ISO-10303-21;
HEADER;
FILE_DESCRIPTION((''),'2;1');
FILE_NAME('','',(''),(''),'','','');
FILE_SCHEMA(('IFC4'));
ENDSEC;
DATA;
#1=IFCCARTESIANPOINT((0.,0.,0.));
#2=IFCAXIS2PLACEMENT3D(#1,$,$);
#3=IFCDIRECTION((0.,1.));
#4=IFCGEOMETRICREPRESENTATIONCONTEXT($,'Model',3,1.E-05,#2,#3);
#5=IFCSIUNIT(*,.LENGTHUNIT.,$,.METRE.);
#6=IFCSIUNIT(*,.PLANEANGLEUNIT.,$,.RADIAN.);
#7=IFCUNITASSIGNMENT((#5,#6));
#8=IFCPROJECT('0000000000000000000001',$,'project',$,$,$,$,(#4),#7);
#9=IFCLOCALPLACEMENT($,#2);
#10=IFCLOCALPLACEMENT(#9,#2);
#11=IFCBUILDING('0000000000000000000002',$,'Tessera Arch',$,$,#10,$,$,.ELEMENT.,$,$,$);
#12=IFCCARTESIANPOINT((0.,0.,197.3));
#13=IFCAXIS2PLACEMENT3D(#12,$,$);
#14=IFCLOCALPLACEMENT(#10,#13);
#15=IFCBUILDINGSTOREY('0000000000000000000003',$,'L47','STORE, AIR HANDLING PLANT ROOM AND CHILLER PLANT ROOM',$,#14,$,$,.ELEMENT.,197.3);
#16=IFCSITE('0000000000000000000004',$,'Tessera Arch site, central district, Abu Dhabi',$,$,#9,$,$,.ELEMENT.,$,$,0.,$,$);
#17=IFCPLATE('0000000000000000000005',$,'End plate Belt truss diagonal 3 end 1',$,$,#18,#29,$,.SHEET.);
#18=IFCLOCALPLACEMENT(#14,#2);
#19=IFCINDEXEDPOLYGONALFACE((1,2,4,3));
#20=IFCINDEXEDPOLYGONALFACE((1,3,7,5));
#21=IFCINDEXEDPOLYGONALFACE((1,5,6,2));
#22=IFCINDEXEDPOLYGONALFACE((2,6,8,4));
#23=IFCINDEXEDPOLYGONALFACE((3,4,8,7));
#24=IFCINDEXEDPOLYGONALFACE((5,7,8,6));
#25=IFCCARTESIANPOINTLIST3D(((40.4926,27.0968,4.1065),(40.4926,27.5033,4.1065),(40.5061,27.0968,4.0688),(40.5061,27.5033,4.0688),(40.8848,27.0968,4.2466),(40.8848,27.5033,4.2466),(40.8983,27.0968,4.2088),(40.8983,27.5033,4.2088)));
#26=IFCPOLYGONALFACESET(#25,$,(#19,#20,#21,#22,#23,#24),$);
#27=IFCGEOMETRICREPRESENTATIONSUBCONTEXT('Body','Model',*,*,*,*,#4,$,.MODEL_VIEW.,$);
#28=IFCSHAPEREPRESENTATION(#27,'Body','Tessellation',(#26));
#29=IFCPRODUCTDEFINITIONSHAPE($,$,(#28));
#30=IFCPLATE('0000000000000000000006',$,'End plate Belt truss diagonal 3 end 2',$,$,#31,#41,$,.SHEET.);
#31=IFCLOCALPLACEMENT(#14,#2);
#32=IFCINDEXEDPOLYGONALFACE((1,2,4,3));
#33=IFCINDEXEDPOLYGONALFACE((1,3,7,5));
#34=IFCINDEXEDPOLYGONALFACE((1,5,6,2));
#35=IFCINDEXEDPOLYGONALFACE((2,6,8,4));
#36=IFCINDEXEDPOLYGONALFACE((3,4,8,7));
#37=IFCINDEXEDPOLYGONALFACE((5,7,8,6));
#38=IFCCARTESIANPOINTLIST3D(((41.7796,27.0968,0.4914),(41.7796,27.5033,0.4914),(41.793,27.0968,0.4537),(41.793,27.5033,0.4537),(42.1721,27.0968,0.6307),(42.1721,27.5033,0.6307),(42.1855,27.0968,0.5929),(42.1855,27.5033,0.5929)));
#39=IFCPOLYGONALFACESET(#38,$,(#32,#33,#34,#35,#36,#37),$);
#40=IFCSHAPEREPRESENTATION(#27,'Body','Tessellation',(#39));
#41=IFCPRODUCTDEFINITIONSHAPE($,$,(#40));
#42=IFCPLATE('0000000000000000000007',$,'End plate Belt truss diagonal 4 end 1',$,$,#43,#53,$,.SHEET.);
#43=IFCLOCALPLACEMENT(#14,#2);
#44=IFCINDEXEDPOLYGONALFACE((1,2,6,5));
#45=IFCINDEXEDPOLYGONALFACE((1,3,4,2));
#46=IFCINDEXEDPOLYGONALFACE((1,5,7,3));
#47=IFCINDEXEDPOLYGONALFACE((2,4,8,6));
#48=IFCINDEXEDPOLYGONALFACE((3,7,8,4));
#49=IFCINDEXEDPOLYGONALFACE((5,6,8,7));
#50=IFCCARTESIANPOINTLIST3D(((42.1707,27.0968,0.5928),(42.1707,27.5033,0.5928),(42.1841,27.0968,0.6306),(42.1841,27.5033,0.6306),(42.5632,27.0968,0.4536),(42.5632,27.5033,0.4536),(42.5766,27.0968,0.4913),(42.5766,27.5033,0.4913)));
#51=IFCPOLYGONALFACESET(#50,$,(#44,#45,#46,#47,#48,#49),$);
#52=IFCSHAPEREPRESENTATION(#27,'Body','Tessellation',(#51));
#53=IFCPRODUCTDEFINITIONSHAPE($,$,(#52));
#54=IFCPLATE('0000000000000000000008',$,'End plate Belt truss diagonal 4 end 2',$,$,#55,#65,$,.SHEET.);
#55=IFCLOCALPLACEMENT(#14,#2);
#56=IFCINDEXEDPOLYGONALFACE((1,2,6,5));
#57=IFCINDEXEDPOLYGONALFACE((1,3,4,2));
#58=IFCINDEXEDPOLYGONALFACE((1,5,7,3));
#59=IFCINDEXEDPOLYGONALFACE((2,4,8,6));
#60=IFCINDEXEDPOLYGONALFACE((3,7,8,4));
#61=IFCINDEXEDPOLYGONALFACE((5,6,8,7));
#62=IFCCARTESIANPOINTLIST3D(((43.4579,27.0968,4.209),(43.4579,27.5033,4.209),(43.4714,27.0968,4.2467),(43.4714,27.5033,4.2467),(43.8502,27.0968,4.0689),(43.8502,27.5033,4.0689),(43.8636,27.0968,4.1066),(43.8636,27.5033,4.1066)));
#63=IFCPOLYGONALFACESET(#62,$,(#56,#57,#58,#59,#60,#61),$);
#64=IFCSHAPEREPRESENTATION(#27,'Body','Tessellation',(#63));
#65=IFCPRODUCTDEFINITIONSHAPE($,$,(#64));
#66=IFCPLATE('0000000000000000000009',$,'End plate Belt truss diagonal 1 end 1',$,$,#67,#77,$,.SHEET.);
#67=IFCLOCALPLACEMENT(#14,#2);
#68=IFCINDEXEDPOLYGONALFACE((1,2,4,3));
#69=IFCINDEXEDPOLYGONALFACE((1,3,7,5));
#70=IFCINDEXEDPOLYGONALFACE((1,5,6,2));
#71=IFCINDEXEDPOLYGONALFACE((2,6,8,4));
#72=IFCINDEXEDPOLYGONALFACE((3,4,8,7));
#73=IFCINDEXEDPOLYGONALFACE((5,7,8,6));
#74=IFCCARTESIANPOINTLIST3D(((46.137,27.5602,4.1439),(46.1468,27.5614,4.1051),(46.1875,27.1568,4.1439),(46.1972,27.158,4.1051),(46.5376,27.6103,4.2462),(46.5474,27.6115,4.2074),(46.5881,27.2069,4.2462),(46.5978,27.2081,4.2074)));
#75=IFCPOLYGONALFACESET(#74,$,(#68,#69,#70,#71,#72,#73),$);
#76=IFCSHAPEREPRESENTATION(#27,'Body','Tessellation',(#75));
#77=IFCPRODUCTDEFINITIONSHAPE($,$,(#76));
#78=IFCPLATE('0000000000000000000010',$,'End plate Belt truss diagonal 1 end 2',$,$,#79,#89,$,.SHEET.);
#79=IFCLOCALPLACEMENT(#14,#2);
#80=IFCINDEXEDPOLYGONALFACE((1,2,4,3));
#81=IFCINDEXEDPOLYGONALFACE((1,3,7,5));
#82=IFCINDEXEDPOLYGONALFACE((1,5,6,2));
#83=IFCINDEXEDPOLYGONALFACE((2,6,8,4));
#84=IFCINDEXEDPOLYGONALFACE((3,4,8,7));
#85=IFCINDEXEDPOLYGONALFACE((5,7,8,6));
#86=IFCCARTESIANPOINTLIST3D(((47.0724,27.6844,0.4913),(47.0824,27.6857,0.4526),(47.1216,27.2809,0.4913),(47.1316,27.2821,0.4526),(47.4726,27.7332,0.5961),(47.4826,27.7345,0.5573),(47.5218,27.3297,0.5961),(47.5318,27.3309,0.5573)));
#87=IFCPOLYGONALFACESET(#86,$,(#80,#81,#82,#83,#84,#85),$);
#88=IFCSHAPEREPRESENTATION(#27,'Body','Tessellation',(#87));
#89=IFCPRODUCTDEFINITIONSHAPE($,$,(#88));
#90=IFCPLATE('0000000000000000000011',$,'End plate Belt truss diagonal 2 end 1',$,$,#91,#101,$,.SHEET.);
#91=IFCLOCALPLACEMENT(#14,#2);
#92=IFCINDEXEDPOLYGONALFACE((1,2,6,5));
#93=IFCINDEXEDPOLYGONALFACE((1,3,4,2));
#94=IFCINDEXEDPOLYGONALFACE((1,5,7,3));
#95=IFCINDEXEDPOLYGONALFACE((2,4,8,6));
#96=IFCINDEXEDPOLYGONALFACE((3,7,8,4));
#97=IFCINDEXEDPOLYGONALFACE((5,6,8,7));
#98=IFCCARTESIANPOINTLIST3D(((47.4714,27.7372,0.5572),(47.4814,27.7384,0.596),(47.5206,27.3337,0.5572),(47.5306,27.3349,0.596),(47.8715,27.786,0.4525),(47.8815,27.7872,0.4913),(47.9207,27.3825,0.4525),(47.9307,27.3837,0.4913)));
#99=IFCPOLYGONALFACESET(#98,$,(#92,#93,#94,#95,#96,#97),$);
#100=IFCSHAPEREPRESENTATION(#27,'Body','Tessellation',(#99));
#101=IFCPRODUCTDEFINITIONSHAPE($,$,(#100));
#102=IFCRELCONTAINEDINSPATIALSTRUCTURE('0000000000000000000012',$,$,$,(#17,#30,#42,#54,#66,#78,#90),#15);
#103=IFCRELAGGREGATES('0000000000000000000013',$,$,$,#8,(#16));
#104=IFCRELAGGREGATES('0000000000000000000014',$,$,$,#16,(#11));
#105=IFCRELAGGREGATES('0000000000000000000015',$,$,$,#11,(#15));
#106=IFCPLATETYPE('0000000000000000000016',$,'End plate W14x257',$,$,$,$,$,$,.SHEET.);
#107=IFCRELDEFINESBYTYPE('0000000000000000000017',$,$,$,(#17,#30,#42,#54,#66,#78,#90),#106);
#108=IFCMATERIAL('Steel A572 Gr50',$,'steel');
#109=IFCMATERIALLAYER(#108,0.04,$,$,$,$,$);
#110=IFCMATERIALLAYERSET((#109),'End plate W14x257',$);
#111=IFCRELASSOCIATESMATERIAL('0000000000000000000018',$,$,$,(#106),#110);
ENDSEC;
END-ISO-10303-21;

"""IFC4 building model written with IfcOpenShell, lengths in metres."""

from ifc_helpers import new_model, si_unit, direction, frame, origin, origin_2d, place, context, subcontext, project, spatial, rectangle, extrude, material, layer, layer_set, type_object, element, save


model = new_model("IFC4")

# Units and contexts
model_context = context("Model", 3, precision=1e-05, world=origin(), true_north=direction((0.0, 1.0)))
body_context = subcontext(model_context, "Body", "Model", "MODEL_VIEW")
ifc_project = project(units=[si_unit("LENGTHUNIT", "METRE"), si_unit("PLANEANGLEUNIT", "RADIAN")], contexts=[model_context])

# Site, building, storey
site_placement = place(None, origin())
site = spatial("IfcSite", under=ifc_project, at=site_placement, Name="Tessera Arch site, central district, Abu Dhabi", CompositionType="ELEMENT", RefElevation=0.0)
building_placement = place(site_placement, origin())
building = spatial("IfcBuilding", under=site, at=building_placement, Name="Tessera Arch", CompositionType="ELEMENT")
storey_placement = place(building_placement, frame((0.0, 0.0, 197.3)))
storey = spatial("IfcBuildingStorey", under=building, at=storey_placement, Name="L47", Description="STORE, AIR HANDLING PLANT ROOM AND CHILLER PLANT ROOM", CompositionType="ELEMENT", Elevation=197.3)

# Plates
ifc_material_1 = material(Name="Steel A572 Gr50", Category="steel")
ifc_layer_1 = layer(ifc_material_1, 0.04)
ifc_layer_set_1 = layer_set([ifc_layer_1], Name="End plate W14x257")
plate_type_1 = type_object("IfcPlateType", Name="End plate W14x257", PredefinedType="SHEET", material=ifc_layer_set_1)
for number, where, z_axis, x_axis, name in (
    (1, (40.6887, 27.3, 4.1765), (0.336336, 0.0, -0.941742), (0.0, 1.0, 0.0), "End plate Belt truss diagonal 3 end 1"),
    (2, (41.9758, 27.3, 0.561), (0.33441, 0.0, -0.942428), (0.0, 1.0, 0.0), "End plate Belt truss diagonal 3 end 2"),
    (3, (42.3669, 27.3, 0.5232), (0.33441, 0.0, 0.942428), (0.0, 1.0, 0.0), "End plate Belt truss diagonal 4 end 1"),
    (4, (43.6541, 27.3, 4.1389), (0.336336, 0.0, 0.941742), (0.0, 1.0, 0.0), "End plate Belt truss diagonal 4 end 2"),
    (5, (46.3625, 27.3835, 4.1951), (0.243857, 0.030482, -0.969332), (-0.124035, 0.992278, 0.0), "End plate Belt truss diagonal 1 end 1"),
    (6, (47.2971, 27.5071, 0.5437), (0.249578, 0.030436, -0.967876), (-0.121054, 0.992646, 0.0), "End plate Belt truss diagonal 1 end 2"),
    (7, (47.696, 27.5598, 0.5049), (0.249578, 0.030436, 0.967876), (-0.121054, 0.992646, 0.0), "End plate Belt truss diagonal 2 end 1"),
):
    element("IfcPlate", number, at=place(storey_placement, frame(where, z_axis=z_axis, x_axis=x_axis)), inside=storey, type_object=plate_type_1, Name=name, PredefinedType="SHEET", context=body_context, shape_type="SweptSolid", body=[
        extrude(rectangle(XDim=0.4065, YDim=0.4165, at=origin_2d()), origin(), (0.0, 0.0, 1.0), 0.04),
    ])

save(model, "model.ifc")
